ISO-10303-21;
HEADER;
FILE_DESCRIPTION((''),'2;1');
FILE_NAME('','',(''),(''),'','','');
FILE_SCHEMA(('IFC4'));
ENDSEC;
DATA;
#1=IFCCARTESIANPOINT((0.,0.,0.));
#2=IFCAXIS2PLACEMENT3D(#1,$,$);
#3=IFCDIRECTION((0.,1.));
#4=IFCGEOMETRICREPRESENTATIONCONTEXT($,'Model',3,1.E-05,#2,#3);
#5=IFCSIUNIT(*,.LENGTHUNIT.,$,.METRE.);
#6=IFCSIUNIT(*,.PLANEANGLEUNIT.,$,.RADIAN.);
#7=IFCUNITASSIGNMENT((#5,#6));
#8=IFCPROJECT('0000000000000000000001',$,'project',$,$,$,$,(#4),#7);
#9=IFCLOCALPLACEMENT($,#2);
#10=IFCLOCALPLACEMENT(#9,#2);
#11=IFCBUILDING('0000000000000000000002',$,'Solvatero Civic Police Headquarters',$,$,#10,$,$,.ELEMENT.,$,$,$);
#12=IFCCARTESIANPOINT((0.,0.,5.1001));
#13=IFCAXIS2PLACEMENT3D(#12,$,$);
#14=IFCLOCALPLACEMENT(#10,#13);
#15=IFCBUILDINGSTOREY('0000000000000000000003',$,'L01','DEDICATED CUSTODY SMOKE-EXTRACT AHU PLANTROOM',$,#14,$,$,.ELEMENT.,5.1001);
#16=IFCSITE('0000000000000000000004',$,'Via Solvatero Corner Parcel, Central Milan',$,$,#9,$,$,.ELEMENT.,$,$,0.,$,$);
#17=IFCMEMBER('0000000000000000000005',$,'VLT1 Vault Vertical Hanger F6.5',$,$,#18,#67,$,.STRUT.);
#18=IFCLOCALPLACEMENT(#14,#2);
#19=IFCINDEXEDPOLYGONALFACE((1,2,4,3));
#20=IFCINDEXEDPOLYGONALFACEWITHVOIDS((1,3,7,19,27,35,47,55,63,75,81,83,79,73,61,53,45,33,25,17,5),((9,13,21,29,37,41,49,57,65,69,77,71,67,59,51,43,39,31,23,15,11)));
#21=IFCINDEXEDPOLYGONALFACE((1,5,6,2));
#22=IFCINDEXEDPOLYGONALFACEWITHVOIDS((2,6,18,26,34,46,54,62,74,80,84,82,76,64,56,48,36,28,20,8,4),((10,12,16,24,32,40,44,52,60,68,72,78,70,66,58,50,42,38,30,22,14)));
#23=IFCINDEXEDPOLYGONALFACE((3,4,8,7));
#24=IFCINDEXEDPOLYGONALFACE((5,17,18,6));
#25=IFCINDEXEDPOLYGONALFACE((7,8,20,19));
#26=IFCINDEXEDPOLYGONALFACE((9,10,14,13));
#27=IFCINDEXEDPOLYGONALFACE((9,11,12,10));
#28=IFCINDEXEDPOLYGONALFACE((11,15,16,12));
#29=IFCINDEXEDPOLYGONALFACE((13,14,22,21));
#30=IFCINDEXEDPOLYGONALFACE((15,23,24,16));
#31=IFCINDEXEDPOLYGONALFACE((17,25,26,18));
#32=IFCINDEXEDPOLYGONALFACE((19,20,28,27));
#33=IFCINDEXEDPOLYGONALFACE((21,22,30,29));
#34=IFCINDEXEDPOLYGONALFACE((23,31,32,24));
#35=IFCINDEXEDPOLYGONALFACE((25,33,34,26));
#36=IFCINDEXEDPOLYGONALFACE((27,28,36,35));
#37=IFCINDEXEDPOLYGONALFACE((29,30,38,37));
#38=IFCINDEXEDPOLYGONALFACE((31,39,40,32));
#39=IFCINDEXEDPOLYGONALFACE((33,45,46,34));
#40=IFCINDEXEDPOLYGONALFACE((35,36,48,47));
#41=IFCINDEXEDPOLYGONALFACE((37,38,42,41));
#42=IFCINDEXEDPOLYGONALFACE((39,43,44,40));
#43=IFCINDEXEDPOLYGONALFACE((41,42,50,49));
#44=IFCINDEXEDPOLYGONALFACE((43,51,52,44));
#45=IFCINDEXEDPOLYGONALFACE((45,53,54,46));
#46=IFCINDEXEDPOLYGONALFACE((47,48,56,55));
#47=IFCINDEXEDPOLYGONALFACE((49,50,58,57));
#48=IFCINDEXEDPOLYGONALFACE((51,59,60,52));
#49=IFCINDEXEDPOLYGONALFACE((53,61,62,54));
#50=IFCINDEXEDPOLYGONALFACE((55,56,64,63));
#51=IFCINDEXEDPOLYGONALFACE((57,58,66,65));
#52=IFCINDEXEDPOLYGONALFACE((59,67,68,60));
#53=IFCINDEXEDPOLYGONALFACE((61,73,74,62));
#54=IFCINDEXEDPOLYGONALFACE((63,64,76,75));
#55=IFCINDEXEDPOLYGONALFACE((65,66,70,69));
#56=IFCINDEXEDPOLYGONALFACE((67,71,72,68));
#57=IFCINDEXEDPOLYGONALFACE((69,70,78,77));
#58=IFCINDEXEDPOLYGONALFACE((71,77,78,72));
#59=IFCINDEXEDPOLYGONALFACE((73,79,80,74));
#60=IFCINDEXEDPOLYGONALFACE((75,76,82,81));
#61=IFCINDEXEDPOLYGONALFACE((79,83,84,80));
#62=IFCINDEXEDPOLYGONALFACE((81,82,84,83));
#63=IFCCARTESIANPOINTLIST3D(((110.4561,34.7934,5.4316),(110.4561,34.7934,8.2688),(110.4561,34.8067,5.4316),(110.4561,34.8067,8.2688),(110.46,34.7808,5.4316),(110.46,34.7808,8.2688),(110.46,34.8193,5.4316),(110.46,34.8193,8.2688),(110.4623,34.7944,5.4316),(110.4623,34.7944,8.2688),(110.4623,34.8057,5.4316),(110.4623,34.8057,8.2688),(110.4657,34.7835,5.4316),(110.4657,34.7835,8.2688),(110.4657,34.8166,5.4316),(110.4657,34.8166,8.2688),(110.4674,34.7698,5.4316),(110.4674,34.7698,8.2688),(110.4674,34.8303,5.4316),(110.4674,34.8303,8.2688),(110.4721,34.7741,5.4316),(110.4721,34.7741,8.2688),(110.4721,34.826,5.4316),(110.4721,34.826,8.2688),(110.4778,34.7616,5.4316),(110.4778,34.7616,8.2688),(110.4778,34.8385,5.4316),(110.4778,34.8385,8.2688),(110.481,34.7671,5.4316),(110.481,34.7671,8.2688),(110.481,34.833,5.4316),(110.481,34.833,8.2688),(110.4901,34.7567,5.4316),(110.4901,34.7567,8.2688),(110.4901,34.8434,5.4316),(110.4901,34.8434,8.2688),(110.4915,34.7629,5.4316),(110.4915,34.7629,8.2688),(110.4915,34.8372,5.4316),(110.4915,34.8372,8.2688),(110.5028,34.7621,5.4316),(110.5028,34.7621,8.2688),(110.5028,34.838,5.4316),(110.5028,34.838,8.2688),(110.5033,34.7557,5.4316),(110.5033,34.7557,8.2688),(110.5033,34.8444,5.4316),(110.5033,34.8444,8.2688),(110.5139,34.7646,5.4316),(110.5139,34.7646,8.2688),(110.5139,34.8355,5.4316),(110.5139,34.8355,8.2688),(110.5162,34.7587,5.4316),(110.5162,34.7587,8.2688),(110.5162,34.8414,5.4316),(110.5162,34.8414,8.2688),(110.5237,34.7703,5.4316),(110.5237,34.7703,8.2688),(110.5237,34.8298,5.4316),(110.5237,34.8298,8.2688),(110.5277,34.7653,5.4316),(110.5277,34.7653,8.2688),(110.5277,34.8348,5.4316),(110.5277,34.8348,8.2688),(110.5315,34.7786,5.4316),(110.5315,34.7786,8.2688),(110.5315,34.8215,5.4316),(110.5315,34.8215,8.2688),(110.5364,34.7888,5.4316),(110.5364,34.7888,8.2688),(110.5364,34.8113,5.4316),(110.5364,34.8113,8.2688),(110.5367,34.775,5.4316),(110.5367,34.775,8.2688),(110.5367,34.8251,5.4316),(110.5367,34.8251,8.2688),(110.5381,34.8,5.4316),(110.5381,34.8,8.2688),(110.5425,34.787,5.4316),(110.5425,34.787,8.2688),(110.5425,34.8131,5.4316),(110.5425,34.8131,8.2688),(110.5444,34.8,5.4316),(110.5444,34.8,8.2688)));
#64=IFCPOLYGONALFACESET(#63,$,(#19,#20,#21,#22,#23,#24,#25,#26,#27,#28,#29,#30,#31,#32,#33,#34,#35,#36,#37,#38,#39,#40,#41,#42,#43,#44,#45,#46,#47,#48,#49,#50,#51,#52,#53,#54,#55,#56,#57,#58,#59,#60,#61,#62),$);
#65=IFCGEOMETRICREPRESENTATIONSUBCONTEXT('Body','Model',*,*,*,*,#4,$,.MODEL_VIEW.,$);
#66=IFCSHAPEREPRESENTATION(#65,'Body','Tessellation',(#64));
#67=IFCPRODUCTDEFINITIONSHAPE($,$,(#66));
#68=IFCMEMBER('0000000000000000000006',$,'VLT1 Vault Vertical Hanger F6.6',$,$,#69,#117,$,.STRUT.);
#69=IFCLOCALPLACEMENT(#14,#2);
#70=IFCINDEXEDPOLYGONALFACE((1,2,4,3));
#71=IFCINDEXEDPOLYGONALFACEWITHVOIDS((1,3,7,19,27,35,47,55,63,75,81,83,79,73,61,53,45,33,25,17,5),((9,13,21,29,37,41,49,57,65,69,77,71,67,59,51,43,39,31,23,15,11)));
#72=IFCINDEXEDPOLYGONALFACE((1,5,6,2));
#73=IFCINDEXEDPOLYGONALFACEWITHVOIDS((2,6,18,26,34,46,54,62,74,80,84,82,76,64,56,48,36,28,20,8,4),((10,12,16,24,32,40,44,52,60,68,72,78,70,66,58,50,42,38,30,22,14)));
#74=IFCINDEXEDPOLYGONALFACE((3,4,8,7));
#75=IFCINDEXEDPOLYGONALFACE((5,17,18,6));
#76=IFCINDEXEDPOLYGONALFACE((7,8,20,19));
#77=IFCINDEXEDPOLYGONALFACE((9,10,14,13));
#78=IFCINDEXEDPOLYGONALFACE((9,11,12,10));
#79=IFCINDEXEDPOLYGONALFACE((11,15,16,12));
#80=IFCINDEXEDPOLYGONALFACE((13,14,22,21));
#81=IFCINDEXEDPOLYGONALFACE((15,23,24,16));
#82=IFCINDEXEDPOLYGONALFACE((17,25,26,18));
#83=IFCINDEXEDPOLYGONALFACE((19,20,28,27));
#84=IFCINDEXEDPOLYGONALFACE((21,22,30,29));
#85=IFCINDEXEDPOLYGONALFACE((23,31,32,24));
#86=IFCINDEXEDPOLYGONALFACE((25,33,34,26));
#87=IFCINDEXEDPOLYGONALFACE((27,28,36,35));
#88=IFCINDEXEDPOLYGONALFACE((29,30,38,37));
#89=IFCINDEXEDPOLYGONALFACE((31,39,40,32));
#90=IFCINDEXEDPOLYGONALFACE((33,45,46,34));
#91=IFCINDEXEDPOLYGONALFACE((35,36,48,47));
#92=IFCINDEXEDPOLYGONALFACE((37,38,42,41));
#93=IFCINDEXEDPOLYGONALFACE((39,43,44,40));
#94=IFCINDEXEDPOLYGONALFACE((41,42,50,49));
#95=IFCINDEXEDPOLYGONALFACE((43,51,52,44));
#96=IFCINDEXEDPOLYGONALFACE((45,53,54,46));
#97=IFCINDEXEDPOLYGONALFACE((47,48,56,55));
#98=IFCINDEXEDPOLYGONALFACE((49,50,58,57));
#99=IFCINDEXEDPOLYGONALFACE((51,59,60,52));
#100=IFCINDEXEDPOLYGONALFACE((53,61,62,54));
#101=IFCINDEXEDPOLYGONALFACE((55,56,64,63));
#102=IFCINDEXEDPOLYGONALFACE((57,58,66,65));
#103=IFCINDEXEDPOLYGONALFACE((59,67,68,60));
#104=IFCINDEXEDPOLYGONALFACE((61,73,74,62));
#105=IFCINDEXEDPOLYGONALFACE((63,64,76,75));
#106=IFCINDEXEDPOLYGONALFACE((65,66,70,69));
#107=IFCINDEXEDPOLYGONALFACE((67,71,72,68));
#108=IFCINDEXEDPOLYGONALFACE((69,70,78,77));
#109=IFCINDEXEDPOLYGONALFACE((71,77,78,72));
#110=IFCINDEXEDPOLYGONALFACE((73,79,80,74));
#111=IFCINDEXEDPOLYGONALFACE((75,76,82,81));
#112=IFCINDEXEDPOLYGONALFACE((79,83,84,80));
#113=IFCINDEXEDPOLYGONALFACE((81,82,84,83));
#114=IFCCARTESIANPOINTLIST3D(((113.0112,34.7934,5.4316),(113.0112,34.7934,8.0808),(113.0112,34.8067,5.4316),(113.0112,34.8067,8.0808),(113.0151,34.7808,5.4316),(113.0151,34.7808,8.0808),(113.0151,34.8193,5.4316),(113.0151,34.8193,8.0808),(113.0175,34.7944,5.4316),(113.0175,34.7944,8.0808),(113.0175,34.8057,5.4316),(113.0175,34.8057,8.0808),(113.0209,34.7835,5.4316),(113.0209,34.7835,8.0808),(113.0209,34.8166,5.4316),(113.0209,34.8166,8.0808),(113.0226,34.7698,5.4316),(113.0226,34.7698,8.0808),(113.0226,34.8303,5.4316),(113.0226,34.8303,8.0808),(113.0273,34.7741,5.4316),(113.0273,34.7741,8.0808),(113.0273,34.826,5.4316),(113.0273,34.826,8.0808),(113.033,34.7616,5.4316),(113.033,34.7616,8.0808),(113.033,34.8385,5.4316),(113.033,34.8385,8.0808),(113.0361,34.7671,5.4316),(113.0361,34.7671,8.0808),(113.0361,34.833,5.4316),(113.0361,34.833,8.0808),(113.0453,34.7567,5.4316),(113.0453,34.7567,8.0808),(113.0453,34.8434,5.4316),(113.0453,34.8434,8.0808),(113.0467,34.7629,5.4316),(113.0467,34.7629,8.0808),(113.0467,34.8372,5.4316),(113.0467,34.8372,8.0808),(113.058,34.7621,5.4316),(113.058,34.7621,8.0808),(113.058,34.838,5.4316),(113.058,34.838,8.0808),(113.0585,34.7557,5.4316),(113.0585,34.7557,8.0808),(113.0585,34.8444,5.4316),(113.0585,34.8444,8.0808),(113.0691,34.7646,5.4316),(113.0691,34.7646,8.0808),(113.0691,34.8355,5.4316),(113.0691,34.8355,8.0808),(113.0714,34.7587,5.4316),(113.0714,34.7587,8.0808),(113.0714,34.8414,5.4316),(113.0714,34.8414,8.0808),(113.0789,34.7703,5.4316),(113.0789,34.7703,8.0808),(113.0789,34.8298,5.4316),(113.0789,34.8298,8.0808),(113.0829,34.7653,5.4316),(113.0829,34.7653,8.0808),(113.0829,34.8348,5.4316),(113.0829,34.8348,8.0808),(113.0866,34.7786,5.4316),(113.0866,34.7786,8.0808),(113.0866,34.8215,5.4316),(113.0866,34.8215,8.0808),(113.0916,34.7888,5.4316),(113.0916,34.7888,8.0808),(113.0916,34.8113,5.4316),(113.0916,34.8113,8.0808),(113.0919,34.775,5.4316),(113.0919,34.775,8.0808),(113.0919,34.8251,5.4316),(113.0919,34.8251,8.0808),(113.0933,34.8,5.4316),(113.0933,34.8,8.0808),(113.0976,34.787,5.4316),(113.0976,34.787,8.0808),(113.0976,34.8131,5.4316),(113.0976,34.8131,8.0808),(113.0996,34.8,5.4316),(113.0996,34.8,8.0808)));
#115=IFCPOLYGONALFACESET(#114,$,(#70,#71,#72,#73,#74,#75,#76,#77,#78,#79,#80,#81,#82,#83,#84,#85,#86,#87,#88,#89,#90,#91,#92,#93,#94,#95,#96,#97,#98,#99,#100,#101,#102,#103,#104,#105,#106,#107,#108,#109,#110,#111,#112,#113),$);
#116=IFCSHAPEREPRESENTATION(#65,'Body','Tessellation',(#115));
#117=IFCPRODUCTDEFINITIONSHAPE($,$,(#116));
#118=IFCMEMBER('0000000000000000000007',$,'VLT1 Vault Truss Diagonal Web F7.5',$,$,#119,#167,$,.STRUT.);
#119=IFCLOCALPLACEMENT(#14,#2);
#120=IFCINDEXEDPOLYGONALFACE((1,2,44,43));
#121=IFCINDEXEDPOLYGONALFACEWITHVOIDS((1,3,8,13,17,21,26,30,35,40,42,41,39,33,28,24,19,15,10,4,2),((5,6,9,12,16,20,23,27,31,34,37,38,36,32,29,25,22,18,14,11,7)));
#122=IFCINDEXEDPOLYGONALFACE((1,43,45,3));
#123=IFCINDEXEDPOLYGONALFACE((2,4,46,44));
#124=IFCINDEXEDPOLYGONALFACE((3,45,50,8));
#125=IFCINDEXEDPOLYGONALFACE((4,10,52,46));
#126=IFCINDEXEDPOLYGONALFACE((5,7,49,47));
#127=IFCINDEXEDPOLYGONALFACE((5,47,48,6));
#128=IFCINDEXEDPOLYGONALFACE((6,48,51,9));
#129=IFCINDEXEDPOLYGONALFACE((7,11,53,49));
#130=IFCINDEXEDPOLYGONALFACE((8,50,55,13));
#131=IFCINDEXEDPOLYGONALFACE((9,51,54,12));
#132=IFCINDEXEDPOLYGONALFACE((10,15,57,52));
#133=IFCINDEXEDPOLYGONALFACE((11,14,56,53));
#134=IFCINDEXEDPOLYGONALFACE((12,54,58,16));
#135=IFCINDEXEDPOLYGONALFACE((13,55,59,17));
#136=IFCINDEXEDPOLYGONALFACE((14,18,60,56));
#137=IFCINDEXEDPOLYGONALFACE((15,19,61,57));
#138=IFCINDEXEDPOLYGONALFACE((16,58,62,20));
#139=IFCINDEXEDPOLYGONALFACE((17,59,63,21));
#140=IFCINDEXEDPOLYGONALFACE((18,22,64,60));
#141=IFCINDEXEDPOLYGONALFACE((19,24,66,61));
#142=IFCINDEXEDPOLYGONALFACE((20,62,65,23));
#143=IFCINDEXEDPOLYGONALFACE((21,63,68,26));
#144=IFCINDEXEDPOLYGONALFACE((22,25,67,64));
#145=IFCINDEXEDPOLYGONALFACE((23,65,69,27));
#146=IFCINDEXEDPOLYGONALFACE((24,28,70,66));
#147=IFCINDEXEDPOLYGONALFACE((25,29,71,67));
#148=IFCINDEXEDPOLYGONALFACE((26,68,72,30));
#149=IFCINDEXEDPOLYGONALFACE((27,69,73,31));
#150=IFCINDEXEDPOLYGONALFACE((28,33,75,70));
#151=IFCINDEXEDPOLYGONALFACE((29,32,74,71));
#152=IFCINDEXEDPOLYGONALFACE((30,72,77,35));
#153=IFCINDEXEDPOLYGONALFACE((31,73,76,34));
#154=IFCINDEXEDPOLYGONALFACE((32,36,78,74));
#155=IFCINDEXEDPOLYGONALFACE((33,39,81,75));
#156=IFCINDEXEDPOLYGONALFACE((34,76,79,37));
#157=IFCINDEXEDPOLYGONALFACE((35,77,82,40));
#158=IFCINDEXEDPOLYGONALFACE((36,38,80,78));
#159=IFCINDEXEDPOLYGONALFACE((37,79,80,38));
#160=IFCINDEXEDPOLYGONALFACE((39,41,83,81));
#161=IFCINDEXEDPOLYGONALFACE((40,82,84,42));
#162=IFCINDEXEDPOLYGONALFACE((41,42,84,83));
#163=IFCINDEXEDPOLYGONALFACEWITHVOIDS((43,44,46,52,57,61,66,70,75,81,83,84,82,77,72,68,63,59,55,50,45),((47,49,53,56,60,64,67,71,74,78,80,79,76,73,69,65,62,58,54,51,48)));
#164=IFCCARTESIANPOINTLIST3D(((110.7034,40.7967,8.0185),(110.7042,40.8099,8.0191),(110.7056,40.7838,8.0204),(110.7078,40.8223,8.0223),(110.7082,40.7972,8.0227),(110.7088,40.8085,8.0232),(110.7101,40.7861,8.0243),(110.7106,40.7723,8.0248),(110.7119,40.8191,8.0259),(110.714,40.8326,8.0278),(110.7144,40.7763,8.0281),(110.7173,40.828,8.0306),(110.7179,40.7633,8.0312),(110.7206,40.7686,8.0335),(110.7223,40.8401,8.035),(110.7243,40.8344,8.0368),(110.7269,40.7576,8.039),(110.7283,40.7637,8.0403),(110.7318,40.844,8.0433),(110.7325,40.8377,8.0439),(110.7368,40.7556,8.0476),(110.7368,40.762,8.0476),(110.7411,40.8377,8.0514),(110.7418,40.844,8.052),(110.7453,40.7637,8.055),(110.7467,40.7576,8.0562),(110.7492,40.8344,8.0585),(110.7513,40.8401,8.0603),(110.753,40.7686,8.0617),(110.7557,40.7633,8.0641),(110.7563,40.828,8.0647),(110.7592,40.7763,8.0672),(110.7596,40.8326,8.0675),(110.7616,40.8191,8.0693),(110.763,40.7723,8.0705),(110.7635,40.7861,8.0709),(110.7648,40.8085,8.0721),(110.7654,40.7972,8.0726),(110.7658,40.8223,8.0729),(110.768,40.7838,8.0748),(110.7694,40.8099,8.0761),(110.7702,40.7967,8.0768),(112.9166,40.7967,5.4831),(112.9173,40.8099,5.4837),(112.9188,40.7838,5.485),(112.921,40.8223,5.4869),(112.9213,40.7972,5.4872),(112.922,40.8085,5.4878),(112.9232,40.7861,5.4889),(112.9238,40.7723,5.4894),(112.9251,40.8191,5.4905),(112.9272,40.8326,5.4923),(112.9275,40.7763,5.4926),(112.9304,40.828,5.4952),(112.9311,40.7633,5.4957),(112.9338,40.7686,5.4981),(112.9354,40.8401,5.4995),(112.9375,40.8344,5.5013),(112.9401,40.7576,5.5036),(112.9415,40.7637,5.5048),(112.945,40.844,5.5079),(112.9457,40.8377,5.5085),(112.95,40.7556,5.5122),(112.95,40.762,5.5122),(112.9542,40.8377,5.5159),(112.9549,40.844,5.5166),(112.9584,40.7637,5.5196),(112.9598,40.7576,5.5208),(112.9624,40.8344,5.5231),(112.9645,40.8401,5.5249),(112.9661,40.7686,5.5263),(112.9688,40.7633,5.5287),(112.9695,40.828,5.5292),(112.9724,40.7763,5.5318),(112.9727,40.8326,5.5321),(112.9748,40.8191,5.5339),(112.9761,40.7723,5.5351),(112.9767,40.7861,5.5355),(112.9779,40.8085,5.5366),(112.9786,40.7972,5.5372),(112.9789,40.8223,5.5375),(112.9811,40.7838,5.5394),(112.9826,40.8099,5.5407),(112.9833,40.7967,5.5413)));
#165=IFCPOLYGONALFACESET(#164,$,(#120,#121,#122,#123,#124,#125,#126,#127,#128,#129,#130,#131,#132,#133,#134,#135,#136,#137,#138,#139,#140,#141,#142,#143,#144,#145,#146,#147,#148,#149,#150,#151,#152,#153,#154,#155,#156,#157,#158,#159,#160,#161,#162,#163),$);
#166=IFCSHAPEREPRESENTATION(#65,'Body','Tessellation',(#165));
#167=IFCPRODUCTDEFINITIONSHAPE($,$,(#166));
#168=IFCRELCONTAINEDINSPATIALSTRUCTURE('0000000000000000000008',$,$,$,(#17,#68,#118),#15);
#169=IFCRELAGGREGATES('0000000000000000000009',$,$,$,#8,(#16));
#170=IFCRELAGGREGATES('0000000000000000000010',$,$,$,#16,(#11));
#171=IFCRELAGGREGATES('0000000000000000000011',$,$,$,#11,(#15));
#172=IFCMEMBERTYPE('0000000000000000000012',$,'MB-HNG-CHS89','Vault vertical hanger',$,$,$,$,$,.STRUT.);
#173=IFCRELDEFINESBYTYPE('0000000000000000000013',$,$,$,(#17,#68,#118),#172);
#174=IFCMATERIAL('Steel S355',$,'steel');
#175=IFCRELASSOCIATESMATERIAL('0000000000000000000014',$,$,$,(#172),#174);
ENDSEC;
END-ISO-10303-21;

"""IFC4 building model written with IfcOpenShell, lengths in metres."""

from ifc_helpers import new_model, si_unit, direction, frame, origin, origin_2d, place, context, subcontext, project, spatial, hollow_circle, extrude, material, material_profile, profile_set, type_object, element, save


model = new_model("IFC4")

# Units and contexts
model_context = context("Model", 3, precision=1e-05, world=origin(), true_north=direction((0.0, 1.0)))
body_context = subcontext(model_context, "Body", "Model", "MODEL_VIEW")
ifc_project = project(units=[si_unit("LENGTHUNIT", "METRE"), si_unit("PLANEANGLEUNIT", "RADIAN")], contexts=[model_context])

# Site, building, storey
site_placement = place(None, origin())
site = spatial("IfcSite", under=ifc_project, at=site_placement, Name="Via Solvatero Corner Parcel, Central Milan", CompositionType="ELEMENT", RefElevation=0.0)
building_placement = place(site_placement, origin())
building = spatial("IfcBuilding", under=site, at=building_placement, Name="Solvatero Civic Police Headquarters", CompositionType="ELEMENT")
storey_placement = place(building_placement, frame((0.0, 0.0, 5.1001)))
storey = spatial("IfcBuildingStorey", under=building, at=storey_placement, Name="L01", Description="DEDICATED CUSTODY SMOKE-EXTRACT AHU PLANTROOM", CompositionType="ELEMENT", Elevation=5.1001)

# Shared definitions
ifc_material = material(Name="Steel S355", Category="steel")

# Members
ifc_material_profile_1 = material_profile(ifc_material, hollow_circle(Radius=0.0444, WallThickness=0.0063, at=origin_2d()), Name="CHS 88.9x6.3")
ifc_profile_set_1 = profile_set([ifc_material_profile_1], Name="Steel S355")
member_type_1 = type_object("IfcMemberType", Name="MB-HNG-CHS89", Description="Vault vertical hanger", PredefinedType="STRUT", material=ifc_profile_set_1)
member_1_placement = place(storey_placement, frame((110.5, 34.8, 5.4316), z_axis=(0.0, 0.0, 1.0), x_axis=(1.0, 0.0, 0.0)))
element("IfcMember", 1, at=member_1_placement, inside=storey, type_object=member_type_1, Name="VLT1 Vault Vertical Hanger F6.5", PredefinedType="STRUT", context=body_context, shape_type="SweptSolid", body=[
    extrude(hollow_circle(Radius=0.0444, WallThickness=0.0063, at=origin_2d()), origin(), (0.0, 0.0, 1.0), 2.8372),
])
member_2_placement = place(storey_placement, frame((113.0552, 34.8, 5.4316), z_axis=(0.0, 0.0, 1.0), x_axis=(1.0, 0.0, 0.0)))
element("IfcMember", 2, at=member_2_placement, inside=storey, type_object=member_type_1, Name="VLT1 Vault Vertical Hanger F6.6", PredefinedType="STRUT", context=body_context, shape_type="SweptSolid", body=[
    extrude(hollow_circle(Radius=0.0444, WallThickness=0.0063, at=origin_2d()), origin(), (0.0, 0.0, 1.0), 2.6492),
])
member_3_placement = place(storey_placement, frame((112.95, 40.8, 5.5122), z_axis=(-0.657605, 0.0, 0.753363), x_axis=(0.0, -1.0, 0.0)))
element("IfcMember", 3, at=member_3_placement, inside=storey, type_object=member_type_1, Name="VLT1 Vault Truss Diagonal Web F7.5", PredefinedType="STRUT", context=body_context, shape_type="SweptSolid", body=[
    extrude(hollow_circle(Radius=0.0444, WallThickness=0.0063, at=origin_2d()), origin(), (0.0, 0.0, 1.0), 3.3655),
])

save(model, "model.ifc")
